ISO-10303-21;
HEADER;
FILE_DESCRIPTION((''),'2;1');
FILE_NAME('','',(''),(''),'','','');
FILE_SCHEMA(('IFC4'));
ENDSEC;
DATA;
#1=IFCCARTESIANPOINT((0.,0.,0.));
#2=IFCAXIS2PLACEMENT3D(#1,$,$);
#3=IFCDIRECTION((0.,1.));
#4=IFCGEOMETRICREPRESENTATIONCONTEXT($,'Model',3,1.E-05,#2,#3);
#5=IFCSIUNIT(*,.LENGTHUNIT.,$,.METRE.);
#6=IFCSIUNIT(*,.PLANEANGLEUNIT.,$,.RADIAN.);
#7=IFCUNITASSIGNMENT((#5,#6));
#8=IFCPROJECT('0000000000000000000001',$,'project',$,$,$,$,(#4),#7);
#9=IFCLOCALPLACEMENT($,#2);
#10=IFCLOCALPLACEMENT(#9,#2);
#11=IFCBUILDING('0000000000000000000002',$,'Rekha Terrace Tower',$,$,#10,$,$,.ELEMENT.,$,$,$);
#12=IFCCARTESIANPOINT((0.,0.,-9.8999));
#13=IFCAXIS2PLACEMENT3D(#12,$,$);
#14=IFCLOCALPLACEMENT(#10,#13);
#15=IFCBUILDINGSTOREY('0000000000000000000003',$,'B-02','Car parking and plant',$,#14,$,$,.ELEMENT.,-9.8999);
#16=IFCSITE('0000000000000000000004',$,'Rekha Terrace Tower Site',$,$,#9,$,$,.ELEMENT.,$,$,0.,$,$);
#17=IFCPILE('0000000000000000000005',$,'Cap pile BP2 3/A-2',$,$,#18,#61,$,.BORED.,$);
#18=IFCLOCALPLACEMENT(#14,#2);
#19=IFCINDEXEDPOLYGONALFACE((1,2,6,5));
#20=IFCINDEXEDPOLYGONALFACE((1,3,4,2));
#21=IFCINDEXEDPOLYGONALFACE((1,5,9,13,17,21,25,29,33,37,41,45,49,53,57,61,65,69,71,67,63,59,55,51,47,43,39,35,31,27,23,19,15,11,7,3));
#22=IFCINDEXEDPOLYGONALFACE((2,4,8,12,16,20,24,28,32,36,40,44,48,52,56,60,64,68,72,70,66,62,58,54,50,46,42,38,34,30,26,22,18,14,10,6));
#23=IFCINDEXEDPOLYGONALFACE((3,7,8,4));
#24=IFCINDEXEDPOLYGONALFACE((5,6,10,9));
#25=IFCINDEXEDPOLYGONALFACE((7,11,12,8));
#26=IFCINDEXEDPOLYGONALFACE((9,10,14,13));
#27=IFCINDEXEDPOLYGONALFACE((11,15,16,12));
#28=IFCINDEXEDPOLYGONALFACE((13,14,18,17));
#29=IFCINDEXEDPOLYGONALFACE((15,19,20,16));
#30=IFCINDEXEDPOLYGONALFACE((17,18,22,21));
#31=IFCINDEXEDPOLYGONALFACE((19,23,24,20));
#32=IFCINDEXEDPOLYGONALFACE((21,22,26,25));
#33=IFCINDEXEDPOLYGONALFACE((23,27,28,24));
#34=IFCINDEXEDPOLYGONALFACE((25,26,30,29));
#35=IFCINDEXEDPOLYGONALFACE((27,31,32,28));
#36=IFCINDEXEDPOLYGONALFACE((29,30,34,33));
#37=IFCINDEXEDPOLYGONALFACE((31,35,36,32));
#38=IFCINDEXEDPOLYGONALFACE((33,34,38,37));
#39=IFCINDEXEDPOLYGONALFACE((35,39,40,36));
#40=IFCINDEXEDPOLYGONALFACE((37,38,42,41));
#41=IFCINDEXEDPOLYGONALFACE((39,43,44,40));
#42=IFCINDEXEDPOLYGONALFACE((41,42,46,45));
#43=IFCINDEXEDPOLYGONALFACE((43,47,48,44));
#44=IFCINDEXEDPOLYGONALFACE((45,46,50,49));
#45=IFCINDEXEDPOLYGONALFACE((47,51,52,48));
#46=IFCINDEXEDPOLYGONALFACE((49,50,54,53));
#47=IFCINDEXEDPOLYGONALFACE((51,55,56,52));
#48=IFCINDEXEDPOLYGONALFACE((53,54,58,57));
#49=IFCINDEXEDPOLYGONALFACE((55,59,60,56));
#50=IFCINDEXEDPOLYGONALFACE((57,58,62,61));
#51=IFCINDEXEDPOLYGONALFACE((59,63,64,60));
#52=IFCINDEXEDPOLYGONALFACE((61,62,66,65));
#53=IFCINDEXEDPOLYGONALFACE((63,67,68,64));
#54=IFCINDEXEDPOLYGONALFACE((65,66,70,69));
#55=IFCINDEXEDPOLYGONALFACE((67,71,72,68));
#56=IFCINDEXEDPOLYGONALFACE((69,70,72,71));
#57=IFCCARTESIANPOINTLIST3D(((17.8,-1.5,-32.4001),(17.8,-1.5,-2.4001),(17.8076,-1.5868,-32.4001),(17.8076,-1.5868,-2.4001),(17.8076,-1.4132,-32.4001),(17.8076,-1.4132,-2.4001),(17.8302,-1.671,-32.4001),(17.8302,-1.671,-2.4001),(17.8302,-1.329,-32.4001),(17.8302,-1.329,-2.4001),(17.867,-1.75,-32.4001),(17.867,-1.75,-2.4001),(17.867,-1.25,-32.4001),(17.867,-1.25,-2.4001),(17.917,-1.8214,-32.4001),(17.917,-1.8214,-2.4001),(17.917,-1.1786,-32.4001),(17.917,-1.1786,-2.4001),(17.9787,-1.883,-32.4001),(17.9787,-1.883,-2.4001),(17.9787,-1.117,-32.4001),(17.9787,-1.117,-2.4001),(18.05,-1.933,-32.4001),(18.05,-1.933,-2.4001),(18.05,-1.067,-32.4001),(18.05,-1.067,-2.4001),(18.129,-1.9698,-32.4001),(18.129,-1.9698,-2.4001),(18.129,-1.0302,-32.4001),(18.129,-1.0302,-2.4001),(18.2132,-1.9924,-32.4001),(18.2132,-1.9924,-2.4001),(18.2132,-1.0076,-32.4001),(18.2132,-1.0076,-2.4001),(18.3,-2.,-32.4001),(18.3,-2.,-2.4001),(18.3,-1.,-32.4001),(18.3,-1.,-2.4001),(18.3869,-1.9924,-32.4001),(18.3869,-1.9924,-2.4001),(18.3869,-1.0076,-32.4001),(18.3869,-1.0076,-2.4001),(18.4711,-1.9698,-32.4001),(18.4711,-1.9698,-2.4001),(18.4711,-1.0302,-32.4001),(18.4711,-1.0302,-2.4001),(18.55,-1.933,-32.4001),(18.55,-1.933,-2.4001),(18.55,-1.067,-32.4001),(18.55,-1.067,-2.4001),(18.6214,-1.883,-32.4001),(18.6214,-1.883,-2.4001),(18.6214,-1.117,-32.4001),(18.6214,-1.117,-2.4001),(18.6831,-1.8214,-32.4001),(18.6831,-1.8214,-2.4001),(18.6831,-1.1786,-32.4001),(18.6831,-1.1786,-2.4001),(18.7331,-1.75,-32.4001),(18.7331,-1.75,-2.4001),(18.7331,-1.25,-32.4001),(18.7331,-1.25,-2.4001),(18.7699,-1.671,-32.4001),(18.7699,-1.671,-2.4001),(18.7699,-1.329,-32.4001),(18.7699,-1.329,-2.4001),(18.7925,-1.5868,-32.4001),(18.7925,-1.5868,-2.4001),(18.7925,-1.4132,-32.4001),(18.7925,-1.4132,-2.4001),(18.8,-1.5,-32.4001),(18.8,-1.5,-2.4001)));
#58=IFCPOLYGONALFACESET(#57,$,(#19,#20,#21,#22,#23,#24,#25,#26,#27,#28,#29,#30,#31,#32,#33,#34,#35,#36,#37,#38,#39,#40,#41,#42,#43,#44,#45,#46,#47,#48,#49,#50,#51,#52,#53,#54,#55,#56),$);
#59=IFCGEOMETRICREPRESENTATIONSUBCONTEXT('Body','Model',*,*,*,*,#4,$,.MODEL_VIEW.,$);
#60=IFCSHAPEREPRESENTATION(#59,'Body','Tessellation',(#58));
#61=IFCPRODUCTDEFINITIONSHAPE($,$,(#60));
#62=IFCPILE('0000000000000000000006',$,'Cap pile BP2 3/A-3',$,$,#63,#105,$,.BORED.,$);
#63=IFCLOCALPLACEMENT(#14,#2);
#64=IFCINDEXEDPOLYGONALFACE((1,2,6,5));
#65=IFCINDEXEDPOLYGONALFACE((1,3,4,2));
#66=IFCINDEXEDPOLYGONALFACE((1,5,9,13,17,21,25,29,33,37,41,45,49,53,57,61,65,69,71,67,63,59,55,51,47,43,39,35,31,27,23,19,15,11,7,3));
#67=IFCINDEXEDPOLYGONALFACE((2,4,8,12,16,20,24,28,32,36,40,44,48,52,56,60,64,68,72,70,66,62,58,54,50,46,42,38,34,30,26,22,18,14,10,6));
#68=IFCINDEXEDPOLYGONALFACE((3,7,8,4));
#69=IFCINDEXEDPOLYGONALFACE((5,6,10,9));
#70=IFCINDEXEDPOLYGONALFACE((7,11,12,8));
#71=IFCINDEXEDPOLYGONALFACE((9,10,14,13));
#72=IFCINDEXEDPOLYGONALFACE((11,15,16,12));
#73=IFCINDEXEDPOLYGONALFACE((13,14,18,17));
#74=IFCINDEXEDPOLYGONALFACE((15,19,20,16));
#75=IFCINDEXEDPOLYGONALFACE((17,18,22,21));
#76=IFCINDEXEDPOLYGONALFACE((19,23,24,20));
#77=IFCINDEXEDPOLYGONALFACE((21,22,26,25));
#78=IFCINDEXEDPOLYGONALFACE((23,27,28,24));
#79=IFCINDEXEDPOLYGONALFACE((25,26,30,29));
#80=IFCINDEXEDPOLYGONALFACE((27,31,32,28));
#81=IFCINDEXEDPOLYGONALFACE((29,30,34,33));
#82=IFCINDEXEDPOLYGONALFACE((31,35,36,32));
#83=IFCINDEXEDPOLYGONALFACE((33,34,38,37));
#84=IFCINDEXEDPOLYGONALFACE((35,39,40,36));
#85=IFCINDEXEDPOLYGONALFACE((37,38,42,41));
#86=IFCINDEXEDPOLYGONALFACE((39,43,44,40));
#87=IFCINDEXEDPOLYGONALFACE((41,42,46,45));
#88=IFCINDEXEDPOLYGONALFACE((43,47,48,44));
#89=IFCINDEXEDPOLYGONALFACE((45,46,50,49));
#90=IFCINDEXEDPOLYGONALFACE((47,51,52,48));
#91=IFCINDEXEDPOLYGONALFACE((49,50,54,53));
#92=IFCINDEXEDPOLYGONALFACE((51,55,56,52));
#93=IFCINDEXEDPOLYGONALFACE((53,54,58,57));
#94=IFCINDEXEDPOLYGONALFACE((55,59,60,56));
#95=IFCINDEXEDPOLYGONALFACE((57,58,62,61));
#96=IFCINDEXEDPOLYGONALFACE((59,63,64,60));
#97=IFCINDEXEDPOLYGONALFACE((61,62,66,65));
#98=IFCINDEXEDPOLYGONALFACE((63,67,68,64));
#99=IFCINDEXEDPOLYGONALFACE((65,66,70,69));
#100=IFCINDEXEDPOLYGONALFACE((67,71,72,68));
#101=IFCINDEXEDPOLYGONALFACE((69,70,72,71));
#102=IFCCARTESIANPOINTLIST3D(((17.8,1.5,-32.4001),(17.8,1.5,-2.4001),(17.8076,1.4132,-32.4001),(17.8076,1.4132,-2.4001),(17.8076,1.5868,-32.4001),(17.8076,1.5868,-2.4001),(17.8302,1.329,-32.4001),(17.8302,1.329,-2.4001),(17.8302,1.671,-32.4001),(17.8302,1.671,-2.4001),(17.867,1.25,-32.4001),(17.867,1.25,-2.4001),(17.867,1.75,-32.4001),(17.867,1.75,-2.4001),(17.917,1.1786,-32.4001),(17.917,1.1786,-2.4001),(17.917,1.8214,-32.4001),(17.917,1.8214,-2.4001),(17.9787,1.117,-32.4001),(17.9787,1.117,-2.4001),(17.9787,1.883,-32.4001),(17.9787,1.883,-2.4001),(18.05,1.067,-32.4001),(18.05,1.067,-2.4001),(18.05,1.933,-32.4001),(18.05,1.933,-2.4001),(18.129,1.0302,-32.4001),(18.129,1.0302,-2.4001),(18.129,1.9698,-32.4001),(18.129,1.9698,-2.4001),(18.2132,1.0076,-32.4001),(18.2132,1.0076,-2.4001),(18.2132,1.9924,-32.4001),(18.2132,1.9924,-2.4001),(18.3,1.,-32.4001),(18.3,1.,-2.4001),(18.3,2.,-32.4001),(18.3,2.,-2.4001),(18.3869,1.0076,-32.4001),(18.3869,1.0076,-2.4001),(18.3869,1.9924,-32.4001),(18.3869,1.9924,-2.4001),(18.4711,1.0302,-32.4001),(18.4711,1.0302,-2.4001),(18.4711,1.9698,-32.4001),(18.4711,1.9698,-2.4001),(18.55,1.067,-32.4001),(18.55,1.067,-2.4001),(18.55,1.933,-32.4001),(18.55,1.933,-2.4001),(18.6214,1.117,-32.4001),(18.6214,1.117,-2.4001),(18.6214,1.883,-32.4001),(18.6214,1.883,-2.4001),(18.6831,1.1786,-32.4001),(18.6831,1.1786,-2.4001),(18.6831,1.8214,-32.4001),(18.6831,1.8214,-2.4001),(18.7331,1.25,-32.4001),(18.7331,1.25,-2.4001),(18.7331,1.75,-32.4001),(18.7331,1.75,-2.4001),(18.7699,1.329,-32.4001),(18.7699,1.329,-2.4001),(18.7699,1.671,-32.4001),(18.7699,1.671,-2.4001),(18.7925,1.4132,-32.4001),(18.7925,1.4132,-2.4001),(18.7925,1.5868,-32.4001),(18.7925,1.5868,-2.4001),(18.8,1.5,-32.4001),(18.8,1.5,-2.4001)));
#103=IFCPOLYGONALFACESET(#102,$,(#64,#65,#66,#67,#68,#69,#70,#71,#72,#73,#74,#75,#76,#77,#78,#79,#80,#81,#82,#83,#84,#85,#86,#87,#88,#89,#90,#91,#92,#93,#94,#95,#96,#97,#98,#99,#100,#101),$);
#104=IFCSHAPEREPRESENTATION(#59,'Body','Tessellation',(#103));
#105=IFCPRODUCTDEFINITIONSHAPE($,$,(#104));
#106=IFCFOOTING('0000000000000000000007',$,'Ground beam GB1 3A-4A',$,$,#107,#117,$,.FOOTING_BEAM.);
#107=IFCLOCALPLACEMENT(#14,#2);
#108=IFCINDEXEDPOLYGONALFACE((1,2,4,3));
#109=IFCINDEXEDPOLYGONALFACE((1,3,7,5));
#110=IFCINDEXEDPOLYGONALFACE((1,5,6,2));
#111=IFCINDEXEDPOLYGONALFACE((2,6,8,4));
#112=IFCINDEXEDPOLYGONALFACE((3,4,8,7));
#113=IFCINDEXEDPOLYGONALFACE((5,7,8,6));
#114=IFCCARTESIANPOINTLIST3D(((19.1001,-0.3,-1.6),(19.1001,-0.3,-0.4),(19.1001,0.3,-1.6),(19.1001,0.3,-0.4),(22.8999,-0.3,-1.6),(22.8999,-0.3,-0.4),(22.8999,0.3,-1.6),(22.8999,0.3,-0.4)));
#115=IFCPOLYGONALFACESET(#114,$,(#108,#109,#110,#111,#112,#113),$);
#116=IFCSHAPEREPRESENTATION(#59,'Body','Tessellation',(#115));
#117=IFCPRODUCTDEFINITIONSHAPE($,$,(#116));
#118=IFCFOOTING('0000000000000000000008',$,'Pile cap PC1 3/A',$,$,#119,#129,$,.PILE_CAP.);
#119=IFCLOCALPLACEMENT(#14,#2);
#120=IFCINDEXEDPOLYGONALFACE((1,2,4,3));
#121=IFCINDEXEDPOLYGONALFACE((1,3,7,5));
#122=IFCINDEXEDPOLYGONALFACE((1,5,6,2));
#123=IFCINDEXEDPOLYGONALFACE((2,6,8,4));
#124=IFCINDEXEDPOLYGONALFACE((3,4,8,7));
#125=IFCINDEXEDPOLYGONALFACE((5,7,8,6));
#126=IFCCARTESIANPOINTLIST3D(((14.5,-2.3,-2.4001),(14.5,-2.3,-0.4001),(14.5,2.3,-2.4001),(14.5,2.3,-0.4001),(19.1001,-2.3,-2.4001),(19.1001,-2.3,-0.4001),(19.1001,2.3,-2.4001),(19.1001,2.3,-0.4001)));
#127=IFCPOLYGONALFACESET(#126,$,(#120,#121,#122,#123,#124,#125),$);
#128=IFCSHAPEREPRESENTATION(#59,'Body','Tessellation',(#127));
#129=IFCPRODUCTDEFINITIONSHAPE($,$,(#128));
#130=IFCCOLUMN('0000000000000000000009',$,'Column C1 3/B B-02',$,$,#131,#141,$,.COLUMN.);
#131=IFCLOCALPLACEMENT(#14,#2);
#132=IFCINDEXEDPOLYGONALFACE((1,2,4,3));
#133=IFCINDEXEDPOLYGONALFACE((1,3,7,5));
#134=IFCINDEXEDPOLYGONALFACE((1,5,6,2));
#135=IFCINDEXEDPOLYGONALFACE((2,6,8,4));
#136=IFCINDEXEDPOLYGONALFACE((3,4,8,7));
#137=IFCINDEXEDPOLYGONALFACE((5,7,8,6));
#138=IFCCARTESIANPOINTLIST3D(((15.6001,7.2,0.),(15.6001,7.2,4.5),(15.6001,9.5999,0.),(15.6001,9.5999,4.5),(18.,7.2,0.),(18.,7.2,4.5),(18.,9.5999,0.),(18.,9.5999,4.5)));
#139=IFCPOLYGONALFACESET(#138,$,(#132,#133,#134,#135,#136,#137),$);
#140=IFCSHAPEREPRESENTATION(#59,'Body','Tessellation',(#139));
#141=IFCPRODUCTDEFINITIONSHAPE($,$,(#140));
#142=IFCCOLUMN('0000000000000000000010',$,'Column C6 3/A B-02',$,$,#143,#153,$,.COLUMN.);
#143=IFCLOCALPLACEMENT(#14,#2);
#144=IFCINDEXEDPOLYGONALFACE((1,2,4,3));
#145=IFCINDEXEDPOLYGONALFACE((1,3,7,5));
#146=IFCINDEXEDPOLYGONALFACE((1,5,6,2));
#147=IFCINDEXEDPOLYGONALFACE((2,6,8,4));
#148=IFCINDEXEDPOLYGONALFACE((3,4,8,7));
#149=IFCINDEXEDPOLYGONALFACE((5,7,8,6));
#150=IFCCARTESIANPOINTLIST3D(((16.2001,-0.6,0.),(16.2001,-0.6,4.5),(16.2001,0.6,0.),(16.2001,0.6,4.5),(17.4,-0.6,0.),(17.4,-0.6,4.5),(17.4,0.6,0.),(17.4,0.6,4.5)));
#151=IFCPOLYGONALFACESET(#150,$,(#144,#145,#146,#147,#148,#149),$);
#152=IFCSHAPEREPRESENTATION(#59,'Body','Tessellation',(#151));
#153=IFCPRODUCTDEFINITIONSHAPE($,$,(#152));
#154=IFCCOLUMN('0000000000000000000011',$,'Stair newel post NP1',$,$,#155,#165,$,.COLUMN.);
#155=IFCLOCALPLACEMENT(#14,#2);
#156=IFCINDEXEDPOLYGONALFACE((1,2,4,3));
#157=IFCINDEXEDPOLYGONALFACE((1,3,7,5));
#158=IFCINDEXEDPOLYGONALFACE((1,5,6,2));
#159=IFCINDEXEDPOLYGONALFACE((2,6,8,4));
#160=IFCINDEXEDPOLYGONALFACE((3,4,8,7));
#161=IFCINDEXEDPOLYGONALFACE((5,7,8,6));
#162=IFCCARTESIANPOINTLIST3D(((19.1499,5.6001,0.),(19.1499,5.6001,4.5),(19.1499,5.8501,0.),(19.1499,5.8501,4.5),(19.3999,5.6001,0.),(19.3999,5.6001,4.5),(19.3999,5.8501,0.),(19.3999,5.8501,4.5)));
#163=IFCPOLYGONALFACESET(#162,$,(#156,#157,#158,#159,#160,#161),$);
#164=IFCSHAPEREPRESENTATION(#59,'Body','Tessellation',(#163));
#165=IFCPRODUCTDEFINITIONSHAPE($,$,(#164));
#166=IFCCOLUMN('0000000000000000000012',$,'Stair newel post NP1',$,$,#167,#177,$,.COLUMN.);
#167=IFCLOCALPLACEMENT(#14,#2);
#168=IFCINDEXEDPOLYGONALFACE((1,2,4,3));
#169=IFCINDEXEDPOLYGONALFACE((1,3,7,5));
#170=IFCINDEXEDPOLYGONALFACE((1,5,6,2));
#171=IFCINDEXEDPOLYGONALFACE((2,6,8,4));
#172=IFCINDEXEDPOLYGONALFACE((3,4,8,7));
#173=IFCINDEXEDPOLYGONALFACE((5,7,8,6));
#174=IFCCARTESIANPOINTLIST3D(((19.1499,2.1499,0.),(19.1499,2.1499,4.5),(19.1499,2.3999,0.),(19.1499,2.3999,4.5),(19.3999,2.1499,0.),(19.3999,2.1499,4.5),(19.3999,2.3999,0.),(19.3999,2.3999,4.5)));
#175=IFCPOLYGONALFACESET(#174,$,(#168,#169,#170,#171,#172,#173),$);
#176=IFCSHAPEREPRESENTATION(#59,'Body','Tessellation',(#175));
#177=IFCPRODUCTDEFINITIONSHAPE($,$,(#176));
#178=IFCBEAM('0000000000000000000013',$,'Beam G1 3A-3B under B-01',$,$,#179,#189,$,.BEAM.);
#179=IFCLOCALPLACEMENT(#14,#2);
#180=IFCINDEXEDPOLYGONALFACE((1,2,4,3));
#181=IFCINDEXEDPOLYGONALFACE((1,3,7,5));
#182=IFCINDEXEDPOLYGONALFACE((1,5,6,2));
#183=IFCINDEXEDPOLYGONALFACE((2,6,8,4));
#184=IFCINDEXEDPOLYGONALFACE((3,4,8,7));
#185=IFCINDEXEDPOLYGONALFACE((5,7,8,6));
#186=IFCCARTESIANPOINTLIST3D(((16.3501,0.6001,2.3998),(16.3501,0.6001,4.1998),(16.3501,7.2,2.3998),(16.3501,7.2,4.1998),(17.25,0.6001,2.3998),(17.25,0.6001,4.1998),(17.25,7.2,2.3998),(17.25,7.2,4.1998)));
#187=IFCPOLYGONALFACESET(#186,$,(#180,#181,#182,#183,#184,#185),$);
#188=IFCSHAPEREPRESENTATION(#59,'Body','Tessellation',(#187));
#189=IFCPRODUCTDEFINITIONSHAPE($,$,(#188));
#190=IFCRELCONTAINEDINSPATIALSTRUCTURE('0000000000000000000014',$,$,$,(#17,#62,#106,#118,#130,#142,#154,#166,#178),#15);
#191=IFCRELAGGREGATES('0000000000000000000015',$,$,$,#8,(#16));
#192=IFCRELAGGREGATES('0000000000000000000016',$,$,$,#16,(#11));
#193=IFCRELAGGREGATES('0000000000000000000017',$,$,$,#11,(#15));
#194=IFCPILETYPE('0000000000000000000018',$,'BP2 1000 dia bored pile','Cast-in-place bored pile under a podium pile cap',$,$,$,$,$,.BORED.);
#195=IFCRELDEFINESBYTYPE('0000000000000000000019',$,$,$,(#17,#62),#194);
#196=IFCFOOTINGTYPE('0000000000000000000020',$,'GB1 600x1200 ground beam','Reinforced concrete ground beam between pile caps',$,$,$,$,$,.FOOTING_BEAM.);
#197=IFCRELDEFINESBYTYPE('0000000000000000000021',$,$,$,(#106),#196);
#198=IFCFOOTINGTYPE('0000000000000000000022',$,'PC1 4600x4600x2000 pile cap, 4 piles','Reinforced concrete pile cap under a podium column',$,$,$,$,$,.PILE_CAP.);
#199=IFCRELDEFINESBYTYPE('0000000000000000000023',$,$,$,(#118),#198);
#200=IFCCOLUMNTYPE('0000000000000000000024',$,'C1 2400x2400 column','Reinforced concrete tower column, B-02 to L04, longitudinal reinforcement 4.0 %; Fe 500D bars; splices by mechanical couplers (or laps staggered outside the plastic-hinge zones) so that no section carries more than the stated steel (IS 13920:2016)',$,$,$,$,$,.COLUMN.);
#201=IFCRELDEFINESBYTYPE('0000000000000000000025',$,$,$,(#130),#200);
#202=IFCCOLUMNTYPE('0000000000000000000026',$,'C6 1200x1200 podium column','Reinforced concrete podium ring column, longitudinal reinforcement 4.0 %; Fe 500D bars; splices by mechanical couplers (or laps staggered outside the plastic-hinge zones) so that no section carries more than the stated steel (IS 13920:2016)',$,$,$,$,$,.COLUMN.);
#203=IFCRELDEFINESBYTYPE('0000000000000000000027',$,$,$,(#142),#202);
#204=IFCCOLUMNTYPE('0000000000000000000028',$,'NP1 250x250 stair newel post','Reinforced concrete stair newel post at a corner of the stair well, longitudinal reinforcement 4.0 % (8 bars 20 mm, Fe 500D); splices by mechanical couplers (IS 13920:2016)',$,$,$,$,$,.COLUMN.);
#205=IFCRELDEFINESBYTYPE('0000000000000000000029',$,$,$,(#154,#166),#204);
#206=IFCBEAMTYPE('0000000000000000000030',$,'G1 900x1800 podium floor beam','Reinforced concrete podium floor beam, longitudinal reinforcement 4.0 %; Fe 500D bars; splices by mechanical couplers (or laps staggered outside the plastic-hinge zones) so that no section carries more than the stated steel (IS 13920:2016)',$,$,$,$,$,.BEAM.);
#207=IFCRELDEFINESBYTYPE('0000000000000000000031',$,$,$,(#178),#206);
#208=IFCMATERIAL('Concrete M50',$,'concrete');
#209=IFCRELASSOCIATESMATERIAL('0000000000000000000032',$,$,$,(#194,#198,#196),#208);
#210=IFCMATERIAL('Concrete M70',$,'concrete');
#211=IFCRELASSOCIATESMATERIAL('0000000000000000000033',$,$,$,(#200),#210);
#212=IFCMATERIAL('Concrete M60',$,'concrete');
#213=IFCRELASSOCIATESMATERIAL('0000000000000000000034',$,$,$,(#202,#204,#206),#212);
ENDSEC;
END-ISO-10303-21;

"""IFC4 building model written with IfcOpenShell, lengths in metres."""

from ifc_helpers import new_model, si_unit, direction, frame, origin, origin_2d, place, context, subcontext, project, spatial, rectangle, circle, extrude, material, material_profile, profile_set, type_object, element, save


model = new_model("IFC4")

# Units and contexts
model_context = context("Model", 3, precision=1e-05, world=origin(), true_north=direction((0.0, 1.0)))
body_context = subcontext(model_context, "Body", "Model", "MODEL_VIEW")
ifc_project = project(units=[si_unit("LENGTHUNIT", "METRE"), si_unit("PLANEANGLEUNIT", "RADIAN")], contexts=[model_context])

# Site, building, storey
site_placement = place(None, origin())
site = spatial("IfcSite", under=ifc_project, at=site_placement, Name="Rekha Terrace Tower Site", CompositionType="ELEMENT", RefElevation=0.0)
building_placement = place(site_placement, origin())
building = spatial("IfcBuilding", under=site, at=building_placement, Name="Rekha Terrace Tower", CompositionType="ELEMENT")
storey_placement = place(building_placement, frame((0.0, 0.0, -9.8999)))
storey = spatial("IfcBuildingStorey", under=building, at=storey_placement, Name="B-02", Description="Car parking and plant", CompositionType="ELEMENT", Elevation=-9.8999)

# Piles
ifc_material_1 = material(Name="Concrete M50", Category="concrete")
pile_type_1 = type_object("IfcPileType", Name="BP2 1000 dia bored pile", Description="Cast-in-place bored pile under a podium pile cap", PredefinedType="BORED", material=ifc_material_1)
for number, where, z_axis, x_axis, name in (
    (1, (18.3, -1.5, -2.4001), (0.0, 0.0, -1.0), (1.0, 0.0, 0.0), "Cap pile BP2 3/A-2"),
    (2, (18.3, 1.5, -2.4001), (0.0, 0.0, -1.0), (1.0, 0.0, 0.0), "Cap pile BP2 3/A-3"),
):
    element("IfcPile", number, at=place(storey_placement, frame(where, z_axis=z_axis, x_axis=x_axis)), inside=storey, type_object=pile_type_1, Name=name, PredefinedType="BORED", context=body_context, shape_type="SweptSolid", body=[
        extrude(circle(Radius=0.5, at=origin_2d()), origin(), (0.0, 0.0, 1.0), 30.0),
    ])

# Footings
ifc_material_profile_1 = material_profile(ifc_material_1, rectangle(XDim=0.6001, YDim=1.2, at=origin_2d()), Name="RC 600x1200")
ifc_profile_set_1 = profile_set([ifc_material_profile_1], Name="Concrete M50")
footing_type_1 = type_object("IfcFootingType", Name="GB1 600x1200 ground beam", Description="Reinforced concrete ground beam between pile caps", PredefinedType="FOOTING_BEAM", material=ifc_profile_set_1)
footing_1_placement = place(storey_placement, frame((19.1001, 0.0, -1.0), z_axis=(1.0, 0.0, 0.0), x_axis=(0.0, 1.0, 0.0)))
element("IfcFooting", 3, at=footing_1_placement, inside=storey, type_object=footing_type_1, Name="Ground beam GB1 3A-4A", PredefinedType="FOOTING_BEAM", context=body_context, shape_type="SweptSolid", body=[
    extrude(rectangle(XDim=0.6001, YDim=1.2, at=origin_2d()), origin(), (0.0, 0.0, 1.0), 3.7998),
])
footing_type_2 = type_object("IfcFootingType", Name="PC1 4600x4600x2000 pile cap, 4 piles", Description="Reinforced concrete pile cap under a podium column", PredefinedType="PILE_CAP", material=ifc_material_1)
footing_2_placement = place(storey_placement, frame((16.8, 0.0, -2.4001), z_axis=(0.0, 0.0, 1.0), x_axis=(1.0, 0.0, 0.0)))
element("IfcFooting", 4, at=footing_2_placement, inside=storey, type_object=footing_type_2, Name="Pile cap PC1 3/A", PredefinedType="PILE_CAP", context=body_context, shape_type="SweptSolid", body=[
    extrude(rectangle(XDim=4.6001, YDim=4.6001, at=origin_2d()), origin(), (0.0, 0.0, 1.0), 2.0),
])

# Columns
ifc_material_2 = material(Name="Concrete M70", Category="concrete")
ifc_material_profile_2 = material_profile(ifc_material_2, rectangle(XDim=2.3999, YDim=2.3999, at=origin_2d()), Name="RC 2400x2400")
ifc_profile_set_2 = profile_set([ifc_material_profile_2], Name="Concrete M70")
column_type_1 = type_object("IfcColumnType", Name="C1 2400x2400 column", Description="Reinforced concrete tower column, B-02 to L04, longitudinal reinforcement 4.0 %; Fe 500D bars; splices by mechanical couplers (or laps staggered outside the plastic-hinge zones) so that no section carries more than the stated steel (IS 13920:2016)", PredefinedType="COLUMN", material=ifc_profile_set_2)
column_1_placement = place(storey_placement, frame((16.8, 8.3999, 0.0), z_axis=(0.0, 0.0, 1.0), x_axis=(1.0, 0.0, 0.0)))
element("IfcColumn", 5, at=column_1_placement, inside=storey, type_object=column_type_1, Name="Column C1 3/B B-02", PredefinedType="COLUMN", context=body_context, shape_type="SweptSolid", body=[
    extrude(rectangle(XDim=2.3999, YDim=2.3999, at=origin_2d()), origin(), (0.0, 0.0, 1.0), 4.5),
])
ifc_material_3 = material(Name="Concrete M60", Category="concrete")
ifc_material_profile_3 = material_profile(ifc_material_3, rectangle(XDim=1.2, YDim=1.2, at=origin_2d()), Name="RC 1200x1200")
ifc_profile_set_3 = profile_set([ifc_material_profile_3], Name="Concrete M60")
column_type_2 = type_object("IfcColumnType", Name="C6 1200x1200 podium column", Description="Reinforced concrete podium ring column, longitudinal reinforcement 4.0 %; Fe 500D bars; splices by mechanical couplers (or laps staggered outside the plastic-hinge zones) so that no section carries more than the stated steel (IS 13920:2016)", PredefinedType="COLUMN", material=ifc_profile_set_3)
column_2_placement = place(storey_placement, frame((16.8, 0.0, 0.0), z_axis=(0.0, 0.0, 1.0), x_axis=(1.0, 0.0, 0.0)))
element("IfcColumn", 6, at=column_2_placement, inside=storey, type_object=column_type_2, Name="Column C6 3/A B-02", PredefinedType="COLUMN", context=body_context, shape_type="SweptSolid", body=[
    extrude(rectangle(XDim=1.2, YDim=1.2, at=origin_2d()), origin(), (0.0, 0.0, 1.0), 4.5),
])
ifc_material_profile_4 = material_profile(ifc_material_3, rectangle(XDim=0.25, YDim=0.25, at=origin_2d()), Name="RC 250x250")
ifc_profile_set_4 = profile_set([ifc_material_profile_4], Name="Concrete M60")
column_type_3 = type_object("IfcColumnType", Name="NP1 250x250 stair newel post", Description="Reinforced concrete stair newel post at a corner of the stair well, longitudinal reinforcement 4.0 % (8 bars 20 mm, Fe 500D); splices by mechanical couplers (IS 13920:2016)", PredefinedType="COLUMN", material=ifc_profile_set_4)
for number, where, z_axis, x_axis, name in (
    (7, (19.2749, 5.7251, 0.0), (0.0, 0.0, 1.0), (1.0, 0.0, 0.0), "Stair newel post NP1"),
    (8, (19.2749, 2.2749, 0.0), (0.0, 0.0, 1.0), (1.0, 0.0, 0.0), "Stair newel post NP1"),
):
    element("IfcColumn", number, at=place(storey_placement, frame(where, z_axis=z_axis, x_axis=x_axis)), inside=storey, type_object=column_type_3, Name=name, PredefinedType="COLUMN", context=body_context, shape_type="SweptSolid", body=[
        extrude(rectangle(XDim=0.25, YDim=0.25, at=origin_2d()), origin(), (0.0, 0.0, 1.0), 4.5),
    ])

# Beam
ifc_material_profile_5 = material_profile(ifc_material_3, rectangle(XDim=0.8999, YDim=1.8, at=origin_2d()), Name="RC 900x1800")
ifc_profile_set_5 = profile_set([ifc_material_profile_5], Name="Concrete M60")
beam_type = type_object("IfcBeamType", Name="G1 900x1800 podium floor beam", Description="Reinforced concrete podium floor beam, longitudinal reinforcement 4.0 %; Fe 500D bars; splices by mechanical couplers (or laps staggered outside the plastic-hinge zones) so that no section carries more than the stated steel (IS 13920:2016)", PredefinedType="BEAM", material=ifc_profile_set_5)
beam_placement = place(storey_placement, frame((16.8, 0.6001, 3.2998), z_axis=(0.0, 1.0, 0.0), x_axis=(-1.0, 0.0, 0.0)))
element("IfcBeam", 9, at=beam_placement, inside=storey, type_object=beam_type, Name="Beam G1 3A-3B under B-01", PredefinedType="BEAM", context=body_context, shape_type="SweptSolid", body=[
    extrude(rectangle(XDim=0.8999, YDim=1.8, at=origin_2d()), origin(), (0.0, 0.0, 1.0), 6.5999),
])

save(model, "model.ifc")
